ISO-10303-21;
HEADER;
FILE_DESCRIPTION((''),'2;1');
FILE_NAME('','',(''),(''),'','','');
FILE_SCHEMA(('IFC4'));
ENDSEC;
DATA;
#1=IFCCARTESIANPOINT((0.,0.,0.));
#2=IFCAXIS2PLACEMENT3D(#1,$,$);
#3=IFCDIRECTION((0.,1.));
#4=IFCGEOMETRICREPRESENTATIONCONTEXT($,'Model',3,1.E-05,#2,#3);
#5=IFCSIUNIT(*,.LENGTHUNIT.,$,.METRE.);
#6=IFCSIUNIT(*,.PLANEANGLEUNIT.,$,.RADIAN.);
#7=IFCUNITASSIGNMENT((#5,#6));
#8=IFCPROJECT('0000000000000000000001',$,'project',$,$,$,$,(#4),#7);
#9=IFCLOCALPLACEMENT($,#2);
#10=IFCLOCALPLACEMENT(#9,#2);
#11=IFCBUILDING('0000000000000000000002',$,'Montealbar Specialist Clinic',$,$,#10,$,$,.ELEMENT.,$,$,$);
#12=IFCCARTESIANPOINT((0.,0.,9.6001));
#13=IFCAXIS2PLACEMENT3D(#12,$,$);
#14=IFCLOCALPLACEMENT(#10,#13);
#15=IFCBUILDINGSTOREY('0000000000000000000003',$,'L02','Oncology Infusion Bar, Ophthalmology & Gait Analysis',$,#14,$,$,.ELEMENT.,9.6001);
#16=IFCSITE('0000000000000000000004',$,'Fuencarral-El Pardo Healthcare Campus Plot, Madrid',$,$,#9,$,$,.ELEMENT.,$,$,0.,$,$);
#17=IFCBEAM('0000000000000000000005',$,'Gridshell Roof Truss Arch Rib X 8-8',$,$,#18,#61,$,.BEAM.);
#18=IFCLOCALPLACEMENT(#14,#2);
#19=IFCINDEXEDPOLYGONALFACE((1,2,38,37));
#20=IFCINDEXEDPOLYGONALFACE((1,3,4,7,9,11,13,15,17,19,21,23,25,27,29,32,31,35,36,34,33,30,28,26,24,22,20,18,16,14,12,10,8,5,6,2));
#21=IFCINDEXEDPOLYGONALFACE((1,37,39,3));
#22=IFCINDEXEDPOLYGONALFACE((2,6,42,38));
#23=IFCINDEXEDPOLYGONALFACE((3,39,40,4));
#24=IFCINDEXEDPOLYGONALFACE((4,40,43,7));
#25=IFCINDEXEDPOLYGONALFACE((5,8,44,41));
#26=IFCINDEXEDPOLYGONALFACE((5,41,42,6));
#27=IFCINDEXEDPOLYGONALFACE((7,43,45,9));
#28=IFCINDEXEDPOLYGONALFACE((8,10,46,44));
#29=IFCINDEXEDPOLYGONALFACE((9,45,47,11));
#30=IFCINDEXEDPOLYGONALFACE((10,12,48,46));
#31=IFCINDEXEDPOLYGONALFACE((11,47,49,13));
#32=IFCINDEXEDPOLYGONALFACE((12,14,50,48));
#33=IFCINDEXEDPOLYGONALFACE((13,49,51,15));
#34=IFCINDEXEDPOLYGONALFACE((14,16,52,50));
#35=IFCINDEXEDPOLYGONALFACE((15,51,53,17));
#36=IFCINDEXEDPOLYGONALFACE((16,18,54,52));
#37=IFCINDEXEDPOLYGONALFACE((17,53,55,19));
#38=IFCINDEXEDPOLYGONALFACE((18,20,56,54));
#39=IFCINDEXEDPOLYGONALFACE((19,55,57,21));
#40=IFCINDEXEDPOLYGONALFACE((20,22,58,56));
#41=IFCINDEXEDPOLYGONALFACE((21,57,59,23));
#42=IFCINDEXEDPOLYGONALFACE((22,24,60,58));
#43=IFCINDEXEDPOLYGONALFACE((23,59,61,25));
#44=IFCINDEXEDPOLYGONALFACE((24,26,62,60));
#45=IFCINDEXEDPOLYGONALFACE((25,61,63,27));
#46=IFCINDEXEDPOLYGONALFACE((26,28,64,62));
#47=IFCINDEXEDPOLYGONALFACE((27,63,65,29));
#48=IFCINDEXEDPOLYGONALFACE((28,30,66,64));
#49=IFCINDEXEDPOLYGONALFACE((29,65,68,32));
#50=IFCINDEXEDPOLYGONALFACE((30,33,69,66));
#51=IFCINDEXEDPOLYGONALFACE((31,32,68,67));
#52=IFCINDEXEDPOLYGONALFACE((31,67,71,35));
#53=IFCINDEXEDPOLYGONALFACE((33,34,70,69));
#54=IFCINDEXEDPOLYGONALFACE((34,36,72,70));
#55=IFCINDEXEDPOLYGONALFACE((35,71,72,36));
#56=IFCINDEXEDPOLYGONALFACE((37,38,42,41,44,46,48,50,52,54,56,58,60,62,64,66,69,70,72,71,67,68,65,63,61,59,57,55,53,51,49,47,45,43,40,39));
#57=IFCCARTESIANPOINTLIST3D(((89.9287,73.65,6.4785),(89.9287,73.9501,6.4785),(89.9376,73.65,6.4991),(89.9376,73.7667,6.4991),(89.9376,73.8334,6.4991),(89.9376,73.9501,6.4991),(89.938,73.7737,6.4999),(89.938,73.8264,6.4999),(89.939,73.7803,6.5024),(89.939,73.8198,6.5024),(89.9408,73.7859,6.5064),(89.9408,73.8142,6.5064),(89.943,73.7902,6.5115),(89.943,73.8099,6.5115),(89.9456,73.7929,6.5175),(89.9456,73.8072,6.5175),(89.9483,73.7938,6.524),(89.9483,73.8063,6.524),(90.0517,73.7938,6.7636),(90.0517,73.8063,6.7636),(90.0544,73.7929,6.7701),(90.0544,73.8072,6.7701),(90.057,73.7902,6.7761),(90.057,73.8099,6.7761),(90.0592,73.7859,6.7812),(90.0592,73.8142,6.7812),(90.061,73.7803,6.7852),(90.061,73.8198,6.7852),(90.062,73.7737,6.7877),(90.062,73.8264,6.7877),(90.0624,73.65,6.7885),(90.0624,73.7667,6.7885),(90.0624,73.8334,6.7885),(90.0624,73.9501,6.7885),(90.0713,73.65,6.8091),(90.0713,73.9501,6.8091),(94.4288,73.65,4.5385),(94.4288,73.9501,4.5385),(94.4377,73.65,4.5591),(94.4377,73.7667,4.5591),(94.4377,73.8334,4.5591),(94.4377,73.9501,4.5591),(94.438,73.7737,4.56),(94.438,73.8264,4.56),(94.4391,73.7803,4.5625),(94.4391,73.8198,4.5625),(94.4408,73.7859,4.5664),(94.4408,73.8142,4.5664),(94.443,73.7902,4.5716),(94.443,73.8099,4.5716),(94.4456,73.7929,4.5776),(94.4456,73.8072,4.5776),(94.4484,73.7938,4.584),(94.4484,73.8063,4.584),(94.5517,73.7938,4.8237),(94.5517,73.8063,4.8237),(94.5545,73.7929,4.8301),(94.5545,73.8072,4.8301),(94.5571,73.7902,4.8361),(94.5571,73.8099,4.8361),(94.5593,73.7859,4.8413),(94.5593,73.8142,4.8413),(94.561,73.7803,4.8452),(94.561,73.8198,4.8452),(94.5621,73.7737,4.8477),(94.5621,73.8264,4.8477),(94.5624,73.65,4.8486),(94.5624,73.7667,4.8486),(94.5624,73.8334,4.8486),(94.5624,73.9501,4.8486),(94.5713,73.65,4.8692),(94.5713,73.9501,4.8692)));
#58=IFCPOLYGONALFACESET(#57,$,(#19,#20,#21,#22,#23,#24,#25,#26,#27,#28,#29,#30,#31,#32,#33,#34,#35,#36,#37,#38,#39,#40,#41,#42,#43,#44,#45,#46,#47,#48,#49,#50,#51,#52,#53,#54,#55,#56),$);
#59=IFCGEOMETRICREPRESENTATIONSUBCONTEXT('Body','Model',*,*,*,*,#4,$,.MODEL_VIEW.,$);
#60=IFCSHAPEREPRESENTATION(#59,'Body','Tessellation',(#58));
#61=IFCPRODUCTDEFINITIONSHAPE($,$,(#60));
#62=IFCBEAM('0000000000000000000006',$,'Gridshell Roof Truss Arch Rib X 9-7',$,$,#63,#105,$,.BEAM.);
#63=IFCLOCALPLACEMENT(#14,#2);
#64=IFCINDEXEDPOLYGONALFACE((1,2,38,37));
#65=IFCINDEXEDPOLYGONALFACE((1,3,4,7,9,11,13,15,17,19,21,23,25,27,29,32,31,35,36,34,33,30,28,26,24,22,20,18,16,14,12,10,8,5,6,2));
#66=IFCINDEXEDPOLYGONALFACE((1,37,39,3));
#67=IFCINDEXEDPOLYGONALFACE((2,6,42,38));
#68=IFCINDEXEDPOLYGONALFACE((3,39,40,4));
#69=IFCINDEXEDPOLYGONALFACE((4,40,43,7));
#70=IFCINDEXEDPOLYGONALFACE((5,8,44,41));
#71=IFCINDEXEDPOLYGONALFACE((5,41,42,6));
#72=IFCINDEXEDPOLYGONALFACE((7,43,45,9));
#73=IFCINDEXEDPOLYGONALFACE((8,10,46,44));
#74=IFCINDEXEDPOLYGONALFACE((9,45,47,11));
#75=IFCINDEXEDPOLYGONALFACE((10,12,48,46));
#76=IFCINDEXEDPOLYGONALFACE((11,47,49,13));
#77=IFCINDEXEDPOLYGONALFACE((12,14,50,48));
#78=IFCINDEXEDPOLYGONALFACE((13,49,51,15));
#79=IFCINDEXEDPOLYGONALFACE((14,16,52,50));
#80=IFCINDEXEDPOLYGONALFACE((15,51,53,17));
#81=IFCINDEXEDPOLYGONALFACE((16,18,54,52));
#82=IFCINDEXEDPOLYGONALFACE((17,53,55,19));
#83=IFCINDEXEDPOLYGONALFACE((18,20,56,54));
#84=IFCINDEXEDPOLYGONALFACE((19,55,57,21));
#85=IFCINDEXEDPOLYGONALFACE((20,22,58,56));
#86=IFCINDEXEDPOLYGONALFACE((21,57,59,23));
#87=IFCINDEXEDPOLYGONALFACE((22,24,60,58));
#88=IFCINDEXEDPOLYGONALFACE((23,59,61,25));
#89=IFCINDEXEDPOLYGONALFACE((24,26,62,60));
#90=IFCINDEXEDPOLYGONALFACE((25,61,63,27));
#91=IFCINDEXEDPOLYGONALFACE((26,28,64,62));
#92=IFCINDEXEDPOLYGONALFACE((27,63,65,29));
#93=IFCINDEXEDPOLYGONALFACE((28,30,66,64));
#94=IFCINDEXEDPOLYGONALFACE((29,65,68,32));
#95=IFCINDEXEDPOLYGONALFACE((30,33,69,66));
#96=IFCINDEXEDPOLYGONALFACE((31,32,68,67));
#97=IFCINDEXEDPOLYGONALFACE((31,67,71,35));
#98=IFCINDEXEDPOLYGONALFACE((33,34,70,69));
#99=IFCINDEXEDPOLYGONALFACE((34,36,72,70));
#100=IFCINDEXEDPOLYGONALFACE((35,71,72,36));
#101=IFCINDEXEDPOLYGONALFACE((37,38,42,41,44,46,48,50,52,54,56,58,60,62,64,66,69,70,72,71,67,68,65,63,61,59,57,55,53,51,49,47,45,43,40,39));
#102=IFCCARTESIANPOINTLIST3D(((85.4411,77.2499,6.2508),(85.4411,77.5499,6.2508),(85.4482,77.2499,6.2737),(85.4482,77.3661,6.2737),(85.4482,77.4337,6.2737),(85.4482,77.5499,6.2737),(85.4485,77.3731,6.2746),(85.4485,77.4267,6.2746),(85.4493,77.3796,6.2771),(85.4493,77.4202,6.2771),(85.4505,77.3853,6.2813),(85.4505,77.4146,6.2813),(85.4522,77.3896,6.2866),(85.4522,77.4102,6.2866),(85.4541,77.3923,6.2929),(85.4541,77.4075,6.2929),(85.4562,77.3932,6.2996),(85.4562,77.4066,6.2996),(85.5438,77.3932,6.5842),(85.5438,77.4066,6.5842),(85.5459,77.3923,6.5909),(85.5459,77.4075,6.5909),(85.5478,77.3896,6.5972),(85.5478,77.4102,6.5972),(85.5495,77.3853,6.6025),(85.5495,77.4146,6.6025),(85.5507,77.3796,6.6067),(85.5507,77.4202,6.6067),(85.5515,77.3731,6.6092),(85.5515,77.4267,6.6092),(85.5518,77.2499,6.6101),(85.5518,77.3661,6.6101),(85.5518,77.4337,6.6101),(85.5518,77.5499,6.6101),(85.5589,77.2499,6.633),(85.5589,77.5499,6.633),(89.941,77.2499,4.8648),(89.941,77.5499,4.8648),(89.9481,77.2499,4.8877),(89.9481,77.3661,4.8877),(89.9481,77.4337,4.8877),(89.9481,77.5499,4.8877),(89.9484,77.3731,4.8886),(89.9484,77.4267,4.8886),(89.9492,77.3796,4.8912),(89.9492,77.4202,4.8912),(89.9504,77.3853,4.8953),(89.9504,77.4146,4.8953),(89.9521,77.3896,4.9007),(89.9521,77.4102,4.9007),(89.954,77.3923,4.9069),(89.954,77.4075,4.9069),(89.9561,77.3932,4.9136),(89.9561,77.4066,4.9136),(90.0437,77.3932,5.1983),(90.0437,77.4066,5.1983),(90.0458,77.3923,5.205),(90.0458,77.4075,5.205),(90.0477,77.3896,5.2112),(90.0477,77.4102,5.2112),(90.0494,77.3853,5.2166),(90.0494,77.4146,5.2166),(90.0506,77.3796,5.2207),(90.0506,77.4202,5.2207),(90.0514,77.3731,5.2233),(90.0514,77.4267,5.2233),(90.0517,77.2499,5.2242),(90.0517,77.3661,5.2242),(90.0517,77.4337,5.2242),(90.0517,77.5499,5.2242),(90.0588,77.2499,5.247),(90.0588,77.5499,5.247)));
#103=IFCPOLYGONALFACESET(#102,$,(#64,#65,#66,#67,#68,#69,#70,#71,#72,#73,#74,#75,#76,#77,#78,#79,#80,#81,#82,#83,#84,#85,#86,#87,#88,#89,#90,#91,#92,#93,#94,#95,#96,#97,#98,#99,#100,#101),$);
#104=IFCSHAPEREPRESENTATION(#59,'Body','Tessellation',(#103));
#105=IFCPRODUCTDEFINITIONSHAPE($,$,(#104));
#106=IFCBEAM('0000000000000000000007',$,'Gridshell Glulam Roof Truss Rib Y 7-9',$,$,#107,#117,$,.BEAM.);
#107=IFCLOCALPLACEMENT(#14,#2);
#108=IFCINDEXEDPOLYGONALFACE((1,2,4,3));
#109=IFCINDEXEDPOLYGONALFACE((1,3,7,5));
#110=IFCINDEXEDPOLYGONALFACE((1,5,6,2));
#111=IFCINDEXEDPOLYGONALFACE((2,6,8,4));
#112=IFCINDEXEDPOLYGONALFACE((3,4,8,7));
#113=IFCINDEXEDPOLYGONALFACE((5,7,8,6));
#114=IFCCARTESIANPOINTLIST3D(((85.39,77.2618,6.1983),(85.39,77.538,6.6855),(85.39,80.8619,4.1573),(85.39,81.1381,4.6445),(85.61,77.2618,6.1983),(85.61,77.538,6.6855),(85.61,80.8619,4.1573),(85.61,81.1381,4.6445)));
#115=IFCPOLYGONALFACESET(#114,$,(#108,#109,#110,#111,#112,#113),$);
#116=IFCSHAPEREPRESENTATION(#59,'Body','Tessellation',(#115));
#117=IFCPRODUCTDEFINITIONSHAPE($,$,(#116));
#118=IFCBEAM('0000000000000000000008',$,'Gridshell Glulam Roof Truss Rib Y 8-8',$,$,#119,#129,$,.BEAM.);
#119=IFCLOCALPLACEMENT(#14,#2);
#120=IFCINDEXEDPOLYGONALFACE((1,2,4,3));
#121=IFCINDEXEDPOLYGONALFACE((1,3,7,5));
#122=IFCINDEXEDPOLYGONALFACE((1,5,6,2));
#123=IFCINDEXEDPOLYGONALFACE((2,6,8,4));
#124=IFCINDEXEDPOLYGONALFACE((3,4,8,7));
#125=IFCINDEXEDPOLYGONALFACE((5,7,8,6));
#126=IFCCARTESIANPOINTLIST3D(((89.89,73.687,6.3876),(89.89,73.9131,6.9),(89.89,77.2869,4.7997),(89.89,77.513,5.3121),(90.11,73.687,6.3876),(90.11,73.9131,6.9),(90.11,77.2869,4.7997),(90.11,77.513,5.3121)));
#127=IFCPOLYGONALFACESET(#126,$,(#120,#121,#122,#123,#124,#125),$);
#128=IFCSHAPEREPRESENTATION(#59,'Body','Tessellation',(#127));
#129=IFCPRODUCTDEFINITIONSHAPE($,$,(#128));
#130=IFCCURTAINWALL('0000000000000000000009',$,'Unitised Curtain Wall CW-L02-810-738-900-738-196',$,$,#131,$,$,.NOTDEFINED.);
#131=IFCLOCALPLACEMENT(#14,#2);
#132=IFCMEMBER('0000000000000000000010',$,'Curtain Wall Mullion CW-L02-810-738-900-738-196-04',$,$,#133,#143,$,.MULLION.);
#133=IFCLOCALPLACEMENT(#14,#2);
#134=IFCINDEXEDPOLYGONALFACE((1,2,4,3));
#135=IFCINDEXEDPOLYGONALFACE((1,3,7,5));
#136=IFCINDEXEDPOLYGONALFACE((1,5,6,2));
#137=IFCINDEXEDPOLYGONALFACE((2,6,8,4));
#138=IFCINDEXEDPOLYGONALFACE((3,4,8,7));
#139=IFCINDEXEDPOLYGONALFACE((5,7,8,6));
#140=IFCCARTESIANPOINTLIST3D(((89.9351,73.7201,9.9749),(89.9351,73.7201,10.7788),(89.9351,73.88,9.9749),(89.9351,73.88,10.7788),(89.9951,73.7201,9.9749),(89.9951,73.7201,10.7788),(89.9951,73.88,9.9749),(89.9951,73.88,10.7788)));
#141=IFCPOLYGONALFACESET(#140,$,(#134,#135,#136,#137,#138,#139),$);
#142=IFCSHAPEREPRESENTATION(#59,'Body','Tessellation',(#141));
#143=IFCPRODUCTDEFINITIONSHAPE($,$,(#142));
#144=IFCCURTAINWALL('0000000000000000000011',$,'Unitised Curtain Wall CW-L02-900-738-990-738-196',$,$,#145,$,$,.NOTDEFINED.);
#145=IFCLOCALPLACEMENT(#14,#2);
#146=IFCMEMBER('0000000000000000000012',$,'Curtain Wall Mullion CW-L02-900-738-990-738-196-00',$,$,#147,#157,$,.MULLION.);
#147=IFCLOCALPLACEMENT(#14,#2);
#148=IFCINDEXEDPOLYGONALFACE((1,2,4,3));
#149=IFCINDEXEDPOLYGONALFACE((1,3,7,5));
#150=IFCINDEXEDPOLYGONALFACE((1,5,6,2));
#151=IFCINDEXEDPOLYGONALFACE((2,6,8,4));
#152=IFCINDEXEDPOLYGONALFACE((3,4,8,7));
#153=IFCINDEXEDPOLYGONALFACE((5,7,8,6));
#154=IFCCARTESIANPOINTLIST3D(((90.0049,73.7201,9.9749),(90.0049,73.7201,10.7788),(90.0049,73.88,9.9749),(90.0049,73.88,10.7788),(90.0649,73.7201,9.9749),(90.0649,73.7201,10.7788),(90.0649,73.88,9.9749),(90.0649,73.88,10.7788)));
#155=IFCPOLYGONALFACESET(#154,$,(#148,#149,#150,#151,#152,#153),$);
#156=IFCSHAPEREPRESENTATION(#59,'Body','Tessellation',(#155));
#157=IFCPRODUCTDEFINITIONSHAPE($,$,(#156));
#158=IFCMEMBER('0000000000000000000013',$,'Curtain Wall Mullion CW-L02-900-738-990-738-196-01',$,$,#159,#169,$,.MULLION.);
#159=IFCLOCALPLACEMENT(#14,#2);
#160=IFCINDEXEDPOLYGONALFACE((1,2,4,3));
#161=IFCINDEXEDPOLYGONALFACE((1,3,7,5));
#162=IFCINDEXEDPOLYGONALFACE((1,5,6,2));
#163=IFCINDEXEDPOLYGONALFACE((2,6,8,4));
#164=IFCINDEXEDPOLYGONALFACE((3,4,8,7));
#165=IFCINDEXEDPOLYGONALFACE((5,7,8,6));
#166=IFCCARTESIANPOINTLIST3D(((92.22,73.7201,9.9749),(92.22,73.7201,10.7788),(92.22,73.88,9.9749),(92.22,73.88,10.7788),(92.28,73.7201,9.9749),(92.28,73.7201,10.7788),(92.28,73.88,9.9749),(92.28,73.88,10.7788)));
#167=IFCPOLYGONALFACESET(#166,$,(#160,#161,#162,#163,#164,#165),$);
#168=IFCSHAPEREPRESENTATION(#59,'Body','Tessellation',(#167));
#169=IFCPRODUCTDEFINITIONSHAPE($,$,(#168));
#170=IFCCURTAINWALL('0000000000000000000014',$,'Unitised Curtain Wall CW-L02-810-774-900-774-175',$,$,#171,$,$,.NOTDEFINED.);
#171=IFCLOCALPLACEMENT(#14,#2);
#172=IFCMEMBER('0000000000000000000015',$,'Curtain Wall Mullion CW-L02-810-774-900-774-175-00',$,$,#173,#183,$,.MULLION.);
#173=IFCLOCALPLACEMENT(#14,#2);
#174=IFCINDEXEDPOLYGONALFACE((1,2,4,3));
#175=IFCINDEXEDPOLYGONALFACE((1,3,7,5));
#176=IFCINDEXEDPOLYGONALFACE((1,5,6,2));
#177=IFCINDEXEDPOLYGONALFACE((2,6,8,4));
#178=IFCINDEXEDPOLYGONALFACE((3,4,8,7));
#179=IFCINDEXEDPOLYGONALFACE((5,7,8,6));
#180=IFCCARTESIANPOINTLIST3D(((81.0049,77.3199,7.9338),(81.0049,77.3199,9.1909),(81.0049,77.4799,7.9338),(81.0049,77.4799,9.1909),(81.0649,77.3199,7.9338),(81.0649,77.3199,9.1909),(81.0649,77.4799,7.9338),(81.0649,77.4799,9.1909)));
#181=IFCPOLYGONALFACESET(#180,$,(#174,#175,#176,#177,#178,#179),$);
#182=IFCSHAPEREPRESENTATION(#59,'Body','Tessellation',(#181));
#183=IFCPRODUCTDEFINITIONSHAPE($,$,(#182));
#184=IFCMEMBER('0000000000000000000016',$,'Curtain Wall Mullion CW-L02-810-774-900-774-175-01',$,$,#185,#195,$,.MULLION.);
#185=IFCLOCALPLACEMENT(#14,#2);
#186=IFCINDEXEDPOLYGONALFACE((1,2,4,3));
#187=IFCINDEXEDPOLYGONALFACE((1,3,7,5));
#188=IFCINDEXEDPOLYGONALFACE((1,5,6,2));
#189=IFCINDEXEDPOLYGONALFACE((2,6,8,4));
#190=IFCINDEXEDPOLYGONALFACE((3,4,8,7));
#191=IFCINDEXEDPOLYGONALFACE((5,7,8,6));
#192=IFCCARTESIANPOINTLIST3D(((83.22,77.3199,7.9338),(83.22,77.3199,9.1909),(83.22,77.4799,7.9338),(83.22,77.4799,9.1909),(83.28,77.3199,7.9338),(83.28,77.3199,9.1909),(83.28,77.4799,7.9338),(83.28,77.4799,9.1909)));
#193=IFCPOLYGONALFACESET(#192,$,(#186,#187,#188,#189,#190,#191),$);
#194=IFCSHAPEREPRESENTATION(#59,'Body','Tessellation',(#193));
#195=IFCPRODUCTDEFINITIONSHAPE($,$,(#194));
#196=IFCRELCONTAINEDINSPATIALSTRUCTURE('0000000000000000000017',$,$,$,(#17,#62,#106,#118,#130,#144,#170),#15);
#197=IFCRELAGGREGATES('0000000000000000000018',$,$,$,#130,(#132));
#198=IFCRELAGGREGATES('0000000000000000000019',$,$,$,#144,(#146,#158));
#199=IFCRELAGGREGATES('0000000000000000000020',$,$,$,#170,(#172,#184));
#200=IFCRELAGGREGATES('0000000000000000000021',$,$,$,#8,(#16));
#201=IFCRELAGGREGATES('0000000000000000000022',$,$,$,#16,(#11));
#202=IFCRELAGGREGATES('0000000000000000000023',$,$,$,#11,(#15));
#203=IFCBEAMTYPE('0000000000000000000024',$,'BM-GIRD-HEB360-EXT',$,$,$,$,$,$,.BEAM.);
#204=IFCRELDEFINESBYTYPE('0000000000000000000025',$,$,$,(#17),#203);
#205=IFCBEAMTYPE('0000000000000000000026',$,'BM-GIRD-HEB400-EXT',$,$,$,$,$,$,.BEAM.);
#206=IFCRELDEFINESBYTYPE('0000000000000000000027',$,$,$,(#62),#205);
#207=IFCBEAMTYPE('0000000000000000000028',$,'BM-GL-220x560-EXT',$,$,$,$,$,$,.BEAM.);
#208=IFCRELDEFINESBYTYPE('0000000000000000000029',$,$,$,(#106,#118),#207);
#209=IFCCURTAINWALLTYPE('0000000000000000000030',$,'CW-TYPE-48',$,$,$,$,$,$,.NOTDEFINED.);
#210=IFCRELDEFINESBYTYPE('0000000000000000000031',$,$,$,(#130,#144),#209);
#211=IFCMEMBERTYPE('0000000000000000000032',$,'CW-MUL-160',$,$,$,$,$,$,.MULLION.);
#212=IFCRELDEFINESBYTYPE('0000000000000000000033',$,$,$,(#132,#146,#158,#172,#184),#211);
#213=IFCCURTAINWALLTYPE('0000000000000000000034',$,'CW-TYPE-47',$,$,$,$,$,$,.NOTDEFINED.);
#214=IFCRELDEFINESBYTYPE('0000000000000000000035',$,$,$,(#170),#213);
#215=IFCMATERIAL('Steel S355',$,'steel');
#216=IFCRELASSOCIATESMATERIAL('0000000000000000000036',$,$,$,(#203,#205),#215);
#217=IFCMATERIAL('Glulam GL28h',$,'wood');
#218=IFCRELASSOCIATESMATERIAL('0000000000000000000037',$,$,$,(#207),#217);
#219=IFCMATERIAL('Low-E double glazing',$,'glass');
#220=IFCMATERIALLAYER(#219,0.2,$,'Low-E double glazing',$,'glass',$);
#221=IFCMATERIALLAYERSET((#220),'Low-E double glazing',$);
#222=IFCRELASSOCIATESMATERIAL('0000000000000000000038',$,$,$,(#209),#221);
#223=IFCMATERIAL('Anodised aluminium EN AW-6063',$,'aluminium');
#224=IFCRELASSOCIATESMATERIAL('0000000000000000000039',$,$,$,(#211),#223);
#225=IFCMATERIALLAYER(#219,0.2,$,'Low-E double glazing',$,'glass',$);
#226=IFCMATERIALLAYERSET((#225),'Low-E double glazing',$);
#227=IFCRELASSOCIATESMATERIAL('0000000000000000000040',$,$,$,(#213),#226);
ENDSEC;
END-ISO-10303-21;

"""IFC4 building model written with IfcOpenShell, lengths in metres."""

from ifc_helpers import new_model, si_unit, direction, frame, origin, origin_2d, place, context, subcontext, project, spatial, rectangle, i_section, extrude, material, layer, layer_set, material_profile, profile_set, type_object, element, aggregate, save


model = new_model("IFC4")

# Units and contexts
model_context = context("Model", 3, precision=1e-05, world=origin(), true_north=direction((0.0, 1.0)))
body_context = subcontext(model_context, "Body", "Model", "MODEL_VIEW")
ifc_project = project(units=[si_unit("LENGTHUNIT", "METRE"), si_unit("PLANEANGLEUNIT", "RADIAN")], contexts=[model_context])

# Site, building, storey
site_placement = place(None, origin())
site = spatial("IfcSite", under=ifc_project, at=site_placement, Name="Fuencarral-El Pardo Healthcare Campus Plot, Madrid", CompositionType="ELEMENT", RefElevation=0.0)
building_placement = place(site_placement, origin())
building = spatial("IfcBuilding", under=site, at=building_placement, Name="Montealbar Specialist Clinic", CompositionType="ELEMENT")
storey_placement = place(building_placement, frame((0.0, 0.0, 9.6001)))
storey = spatial("IfcBuildingStorey", under=building, at=storey_placement, Name="L02", Description="Oncology Infusion Bar, Ophthalmology & Gait Analysis", CompositionType="ELEMENT", Elevation=9.6001)

# Beams
ifc_material_1 = material(Name="Steel S355", Category="steel")
ifc_material_profile_1 = material_profile(ifc_material_1, i_section(OverallWidth=0.3, OverallDepth=0.3601, WebThickness=0.0125, FlangeThickness=0.0225, FilletRadius=0.0271, at=origin_2d()), Name="HEB 360", Category="steel")
ifc_profile_set_1 = profile_set([ifc_material_profile_1], Name="Steel S355")
beam_type_1 = type_object("IfcBeamType", Name="BM-GIRD-HEB360-EXT", PredefinedType="BEAM", material=ifc_profile_set_1)
beam_1_placement = place(storey_placement, frame((90.0, 73.8, 6.6438), z_axis=(0.918303, 0.0, -0.395879), x_axis=(0.0, 1.0, 0.0)))
element("IfcBeam", 1, at=beam_1_placement, inside=storey, type_object=beam_type_1, Name="Gridshell Roof Truss Arch Rib X 8-8", PredefinedType="BEAM", context=body_context, shape_type="SweptSolid", body=[
    extrude(i_section(OverallWidth=0.3, OverallDepth=0.3601, WebThickness=0.0125, FlangeThickness=0.0225, FilletRadius=0.0271, at=origin_2d()), origin(), (0.0, 0.0, 1.0), 4.9004),
])
ifc_material_profile_2 = material_profile(ifc_material_1, i_section(OverallWidth=0.3, OverallDepth=0.3999, WebThickness=0.0134, FlangeThickness=0.0239, FilletRadius=0.0271, at=origin_2d()), Name="HEB 400", Category="steel")
ifc_profile_set_2 = profile_set([ifc_material_profile_2], Name="Steel S355")
beam_type_2 = type_object("IfcBeamType", Name="BM-GIRD-HEB400-EXT", PredefinedType="BEAM", material=ifc_profile_set_2)
beam_2_placement = place(storey_placement, frame((85.5, 77.3999, 6.4419), z_axis=(0.955697, 0.0, -0.294352), x_axis=(0.0, 1.0, 0.0)))
element("IfcBeam", 2, at=beam_2_placement, inside=storey, type_object=beam_type_2, Name="Gridshell Roof Truss Arch Rib X 9-7", PredefinedType="BEAM", context=body_context, shape_type="SweptSolid", body=[
    extrude(i_section(OverallWidth=0.3, OverallDepth=0.3999, WebThickness=0.0134, FlangeThickness=0.0239, FilletRadius=0.0271, at=origin_2d()), origin(), (0.0, 0.0, 1.0), 4.7085),
])
ifc_material_2 = material(Name="Glulam GL28h", Category="wood")
ifc_material_profile_3 = material_profile(ifc_material_2, rectangle(XDim=0.22, YDim=0.5601, at=origin_2d()), Name="GL28h 220x560", Category="wood")
ifc_profile_set_3 = profile_set([ifc_material_profile_3], Name="Glulam GL28h")
beam_type_3 = type_object("IfcBeamType", Name="BM-GL-220x560-EXT", PredefinedType="BEAM", material=ifc_profile_set_3)
beam_3_placement = place(storey_placement, frame((85.5, 77.3999, 6.4419), z_axis=(0.0, 0.869923, -0.493188), x_axis=(-1.0, 0.0, 0.0)))
element("IfcBeam", 3, at=beam_3_placement, inside=storey, type_object=beam_type_3, Name="Gridshell Glulam Roof Truss Rib Y 7-9", PredefinedType="BEAM", context=body_context, shape_type="SweptSolid", body=[
    extrude(rectangle(XDim=0.22, YDim=0.5601, at=origin_2d()), origin(), (0.0, 0.0, 1.0), 4.1384),
])
beam_4_placement = place(storey_placement, frame((90.0, 73.8, 6.6438), z_axis=(0.0, 0.914944, -0.403581), x_axis=(-1.0, 0.0, 0.0)))
element("IfcBeam", 4, at=beam_4_placement, inside=storey, type_object=beam_type_3, Name="Gridshell Glulam Roof Truss Rib Y 8-8", PredefinedType="BEAM", context=body_context, shape_type="SweptSolid", body=[
    extrude(rectangle(XDim=0.22, YDim=0.5601, at=origin_2d()), origin(), (0.0, 0.0, 1.0), 3.9346),
])

# Curtain wall, member
ifc_material_3 = material(Name="Low-E double glazing", Category="glass")
ifc_layer_1 = layer(ifc_material_3, 0.2, Name="Low-E double glazing", Category="glass")
ifc_layer_set_1 = layer_set([ifc_layer_1], Name="Low-E double glazing")
curtain_wall_type_1 = type_object("IfcCurtainWallType", Name="CW-TYPE-48", PredefinedType="NOTDEFINED", material=ifc_layer_set_1)
curtain_wall_1_placement = place(storey_placement, origin())
curtain_wall_1 = element("IfcCurtainWall", 5, at=curtain_wall_1_placement, inside=storey, type_object=curtain_wall_type_1, Name="Unitised Curtain Wall CW-L02-810-738-900-738-196", PredefinedType="NOTDEFINED")
ifc_material_4 = material(Name="Anodised aluminium EN AW-6063", Category="aluminium")
ifc_material_profile_4 = material_profile(ifc_material_4, rectangle(XDim=0.0601, YDim=0.1599, at=origin_2d()), Name="ALU 60x160", Category="aluminium")
ifc_profile_set_4 = profile_set([ifc_material_profile_4], Name="Anodised aluminium EN AW-6063")
member_type_1 = type_object("IfcMemberType", Name="CW-MUL-160", PredefinedType="MULLION", material=ifc_profile_set_4)
member_1_placement = place(storey_placement, frame((89.9651, 73.8, 9.9749), z_axis=(0.0, 0.0, 1.0), x_axis=(1.0, 0.0, 0.0)))
member_1 = element("IfcMember", 6, at=member_1_placement, type_object=member_type_1, Name="Curtain Wall Mullion CW-L02-810-738-900-738-196-04", PredefinedType="MULLION", context=body_context, shape_type="SweptSolid", body=[
    extrude(rectangle(XDim=0.0601, YDim=0.1599, at=origin_2d()), origin(), (0.0, 0.0, 1.0), 0.804),
])
aggregate(curtain_wall_1, [member_1])

# Curtain walls, members
curtain_wall_2_placement = place(storey_placement, origin())
curtain_wall_2 = element("IfcCurtainWall", 7, at=curtain_wall_2_placement, inside=storey, type_object=curtain_wall_type_1, Name="Unitised Curtain Wall CW-L02-900-738-990-738-196", PredefinedType="NOTDEFINED")
member_2_placement = place(storey_placement, frame((90.0349, 73.8, 9.9749), z_axis=(0.0, 0.0, 1.0), x_axis=(1.0, 0.0, 0.0)))
member_2 = element("IfcMember", 8, at=member_2_placement, type_object=member_type_1, Name="Curtain Wall Mullion CW-L02-900-738-990-738-196-00", PredefinedType="MULLION", context=body_context, shape_type="SweptSolid", body=[
    extrude(rectangle(XDim=0.0601, YDim=0.1599, at=origin_2d()), origin(), (0.0, 0.0, 1.0), 0.804),
])
member_3_placement = place(storey_placement, frame((92.25, 73.8, 9.9749), z_axis=(0.0, 0.0, 1.0), x_axis=(1.0, 0.0, 0.0)))
member_3 = element("IfcMember", 9, at=member_3_placement, type_object=member_type_1, Name="Curtain Wall Mullion CW-L02-900-738-990-738-196-01", PredefinedType="MULLION", context=body_context, shape_type="SweptSolid", body=[
    extrude(rectangle(XDim=0.0601, YDim=0.1599, at=origin_2d()), origin(), (0.0, 0.0, 1.0), 0.804),
])
ifc_layer_2 = layer(ifc_material_3, 0.2, Name="Low-E double glazing", Category="glass")
ifc_layer_set_2 = layer_set([ifc_layer_2], Name="Low-E double glazing")
curtain_wall_type_2 = type_object("IfcCurtainWallType", Name="CW-TYPE-47", PredefinedType="NOTDEFINED", material=ifc_layer_set_2)
curtain_wall_3_placement = place(storey_placement, origin())
curtain_wall_3 = element("IfcCurtainWall", 10, at=curtain_wall_3_placement, inside=storey, type_object=curtain_wall_type_2, Name="Unitised Curtain Wall CW-L02-810-774-900-774-175", PredefinedType="NOTDEFINED")
member_4_placement = place(storey_placement, frame((81.0349, 77.3999, 7.9338), z_axis=(0.0, 0.0, 1.0), x_axis=(1.0, 0.0, 0.0)))
member_4 = element("IfcMember", 11, at=member_4_placement, type_object=member_type_1, Name="Curtain Wall Mullion CW-L02-810-774-900-774-175-00", PredefinedType="MULLION", context=body_context, shape_type="SweptSolid", body=[
    extrude(rectangle(XDim=0.0601, YDim=0.1599, at=origin_2d()), origin(), (0.0, 0.0, 1.0), 1.2571),
])
member_5_placement = place(storey_placement, frame((83.25, 77.3999, 7.9338), z_axis=(0.0, 0.0, 1.0), x_axis=(1.0, 0.0, 0.0)))
member_5 = element("IfcMember", 12, at=member_5_placement, type_object=member_type_1, Name="Curtain Wall Mullion CW-L02-810-774-900-774-175-01", PredefinedType="MULLION", context=body_context, shape_type="SweptSolid", body=[
    extrude(rectangle(XDim=0.0601, YDim=0.1599, at=origin_2d()), origin(), (0.0, 0.0, 1.0), 1.2571),
])

aggregate(curtain_wall_2, [member_2, member_3])
aggregate(curtain_wall_3, [member_4, member_5])

save(model, "model.ifc")
